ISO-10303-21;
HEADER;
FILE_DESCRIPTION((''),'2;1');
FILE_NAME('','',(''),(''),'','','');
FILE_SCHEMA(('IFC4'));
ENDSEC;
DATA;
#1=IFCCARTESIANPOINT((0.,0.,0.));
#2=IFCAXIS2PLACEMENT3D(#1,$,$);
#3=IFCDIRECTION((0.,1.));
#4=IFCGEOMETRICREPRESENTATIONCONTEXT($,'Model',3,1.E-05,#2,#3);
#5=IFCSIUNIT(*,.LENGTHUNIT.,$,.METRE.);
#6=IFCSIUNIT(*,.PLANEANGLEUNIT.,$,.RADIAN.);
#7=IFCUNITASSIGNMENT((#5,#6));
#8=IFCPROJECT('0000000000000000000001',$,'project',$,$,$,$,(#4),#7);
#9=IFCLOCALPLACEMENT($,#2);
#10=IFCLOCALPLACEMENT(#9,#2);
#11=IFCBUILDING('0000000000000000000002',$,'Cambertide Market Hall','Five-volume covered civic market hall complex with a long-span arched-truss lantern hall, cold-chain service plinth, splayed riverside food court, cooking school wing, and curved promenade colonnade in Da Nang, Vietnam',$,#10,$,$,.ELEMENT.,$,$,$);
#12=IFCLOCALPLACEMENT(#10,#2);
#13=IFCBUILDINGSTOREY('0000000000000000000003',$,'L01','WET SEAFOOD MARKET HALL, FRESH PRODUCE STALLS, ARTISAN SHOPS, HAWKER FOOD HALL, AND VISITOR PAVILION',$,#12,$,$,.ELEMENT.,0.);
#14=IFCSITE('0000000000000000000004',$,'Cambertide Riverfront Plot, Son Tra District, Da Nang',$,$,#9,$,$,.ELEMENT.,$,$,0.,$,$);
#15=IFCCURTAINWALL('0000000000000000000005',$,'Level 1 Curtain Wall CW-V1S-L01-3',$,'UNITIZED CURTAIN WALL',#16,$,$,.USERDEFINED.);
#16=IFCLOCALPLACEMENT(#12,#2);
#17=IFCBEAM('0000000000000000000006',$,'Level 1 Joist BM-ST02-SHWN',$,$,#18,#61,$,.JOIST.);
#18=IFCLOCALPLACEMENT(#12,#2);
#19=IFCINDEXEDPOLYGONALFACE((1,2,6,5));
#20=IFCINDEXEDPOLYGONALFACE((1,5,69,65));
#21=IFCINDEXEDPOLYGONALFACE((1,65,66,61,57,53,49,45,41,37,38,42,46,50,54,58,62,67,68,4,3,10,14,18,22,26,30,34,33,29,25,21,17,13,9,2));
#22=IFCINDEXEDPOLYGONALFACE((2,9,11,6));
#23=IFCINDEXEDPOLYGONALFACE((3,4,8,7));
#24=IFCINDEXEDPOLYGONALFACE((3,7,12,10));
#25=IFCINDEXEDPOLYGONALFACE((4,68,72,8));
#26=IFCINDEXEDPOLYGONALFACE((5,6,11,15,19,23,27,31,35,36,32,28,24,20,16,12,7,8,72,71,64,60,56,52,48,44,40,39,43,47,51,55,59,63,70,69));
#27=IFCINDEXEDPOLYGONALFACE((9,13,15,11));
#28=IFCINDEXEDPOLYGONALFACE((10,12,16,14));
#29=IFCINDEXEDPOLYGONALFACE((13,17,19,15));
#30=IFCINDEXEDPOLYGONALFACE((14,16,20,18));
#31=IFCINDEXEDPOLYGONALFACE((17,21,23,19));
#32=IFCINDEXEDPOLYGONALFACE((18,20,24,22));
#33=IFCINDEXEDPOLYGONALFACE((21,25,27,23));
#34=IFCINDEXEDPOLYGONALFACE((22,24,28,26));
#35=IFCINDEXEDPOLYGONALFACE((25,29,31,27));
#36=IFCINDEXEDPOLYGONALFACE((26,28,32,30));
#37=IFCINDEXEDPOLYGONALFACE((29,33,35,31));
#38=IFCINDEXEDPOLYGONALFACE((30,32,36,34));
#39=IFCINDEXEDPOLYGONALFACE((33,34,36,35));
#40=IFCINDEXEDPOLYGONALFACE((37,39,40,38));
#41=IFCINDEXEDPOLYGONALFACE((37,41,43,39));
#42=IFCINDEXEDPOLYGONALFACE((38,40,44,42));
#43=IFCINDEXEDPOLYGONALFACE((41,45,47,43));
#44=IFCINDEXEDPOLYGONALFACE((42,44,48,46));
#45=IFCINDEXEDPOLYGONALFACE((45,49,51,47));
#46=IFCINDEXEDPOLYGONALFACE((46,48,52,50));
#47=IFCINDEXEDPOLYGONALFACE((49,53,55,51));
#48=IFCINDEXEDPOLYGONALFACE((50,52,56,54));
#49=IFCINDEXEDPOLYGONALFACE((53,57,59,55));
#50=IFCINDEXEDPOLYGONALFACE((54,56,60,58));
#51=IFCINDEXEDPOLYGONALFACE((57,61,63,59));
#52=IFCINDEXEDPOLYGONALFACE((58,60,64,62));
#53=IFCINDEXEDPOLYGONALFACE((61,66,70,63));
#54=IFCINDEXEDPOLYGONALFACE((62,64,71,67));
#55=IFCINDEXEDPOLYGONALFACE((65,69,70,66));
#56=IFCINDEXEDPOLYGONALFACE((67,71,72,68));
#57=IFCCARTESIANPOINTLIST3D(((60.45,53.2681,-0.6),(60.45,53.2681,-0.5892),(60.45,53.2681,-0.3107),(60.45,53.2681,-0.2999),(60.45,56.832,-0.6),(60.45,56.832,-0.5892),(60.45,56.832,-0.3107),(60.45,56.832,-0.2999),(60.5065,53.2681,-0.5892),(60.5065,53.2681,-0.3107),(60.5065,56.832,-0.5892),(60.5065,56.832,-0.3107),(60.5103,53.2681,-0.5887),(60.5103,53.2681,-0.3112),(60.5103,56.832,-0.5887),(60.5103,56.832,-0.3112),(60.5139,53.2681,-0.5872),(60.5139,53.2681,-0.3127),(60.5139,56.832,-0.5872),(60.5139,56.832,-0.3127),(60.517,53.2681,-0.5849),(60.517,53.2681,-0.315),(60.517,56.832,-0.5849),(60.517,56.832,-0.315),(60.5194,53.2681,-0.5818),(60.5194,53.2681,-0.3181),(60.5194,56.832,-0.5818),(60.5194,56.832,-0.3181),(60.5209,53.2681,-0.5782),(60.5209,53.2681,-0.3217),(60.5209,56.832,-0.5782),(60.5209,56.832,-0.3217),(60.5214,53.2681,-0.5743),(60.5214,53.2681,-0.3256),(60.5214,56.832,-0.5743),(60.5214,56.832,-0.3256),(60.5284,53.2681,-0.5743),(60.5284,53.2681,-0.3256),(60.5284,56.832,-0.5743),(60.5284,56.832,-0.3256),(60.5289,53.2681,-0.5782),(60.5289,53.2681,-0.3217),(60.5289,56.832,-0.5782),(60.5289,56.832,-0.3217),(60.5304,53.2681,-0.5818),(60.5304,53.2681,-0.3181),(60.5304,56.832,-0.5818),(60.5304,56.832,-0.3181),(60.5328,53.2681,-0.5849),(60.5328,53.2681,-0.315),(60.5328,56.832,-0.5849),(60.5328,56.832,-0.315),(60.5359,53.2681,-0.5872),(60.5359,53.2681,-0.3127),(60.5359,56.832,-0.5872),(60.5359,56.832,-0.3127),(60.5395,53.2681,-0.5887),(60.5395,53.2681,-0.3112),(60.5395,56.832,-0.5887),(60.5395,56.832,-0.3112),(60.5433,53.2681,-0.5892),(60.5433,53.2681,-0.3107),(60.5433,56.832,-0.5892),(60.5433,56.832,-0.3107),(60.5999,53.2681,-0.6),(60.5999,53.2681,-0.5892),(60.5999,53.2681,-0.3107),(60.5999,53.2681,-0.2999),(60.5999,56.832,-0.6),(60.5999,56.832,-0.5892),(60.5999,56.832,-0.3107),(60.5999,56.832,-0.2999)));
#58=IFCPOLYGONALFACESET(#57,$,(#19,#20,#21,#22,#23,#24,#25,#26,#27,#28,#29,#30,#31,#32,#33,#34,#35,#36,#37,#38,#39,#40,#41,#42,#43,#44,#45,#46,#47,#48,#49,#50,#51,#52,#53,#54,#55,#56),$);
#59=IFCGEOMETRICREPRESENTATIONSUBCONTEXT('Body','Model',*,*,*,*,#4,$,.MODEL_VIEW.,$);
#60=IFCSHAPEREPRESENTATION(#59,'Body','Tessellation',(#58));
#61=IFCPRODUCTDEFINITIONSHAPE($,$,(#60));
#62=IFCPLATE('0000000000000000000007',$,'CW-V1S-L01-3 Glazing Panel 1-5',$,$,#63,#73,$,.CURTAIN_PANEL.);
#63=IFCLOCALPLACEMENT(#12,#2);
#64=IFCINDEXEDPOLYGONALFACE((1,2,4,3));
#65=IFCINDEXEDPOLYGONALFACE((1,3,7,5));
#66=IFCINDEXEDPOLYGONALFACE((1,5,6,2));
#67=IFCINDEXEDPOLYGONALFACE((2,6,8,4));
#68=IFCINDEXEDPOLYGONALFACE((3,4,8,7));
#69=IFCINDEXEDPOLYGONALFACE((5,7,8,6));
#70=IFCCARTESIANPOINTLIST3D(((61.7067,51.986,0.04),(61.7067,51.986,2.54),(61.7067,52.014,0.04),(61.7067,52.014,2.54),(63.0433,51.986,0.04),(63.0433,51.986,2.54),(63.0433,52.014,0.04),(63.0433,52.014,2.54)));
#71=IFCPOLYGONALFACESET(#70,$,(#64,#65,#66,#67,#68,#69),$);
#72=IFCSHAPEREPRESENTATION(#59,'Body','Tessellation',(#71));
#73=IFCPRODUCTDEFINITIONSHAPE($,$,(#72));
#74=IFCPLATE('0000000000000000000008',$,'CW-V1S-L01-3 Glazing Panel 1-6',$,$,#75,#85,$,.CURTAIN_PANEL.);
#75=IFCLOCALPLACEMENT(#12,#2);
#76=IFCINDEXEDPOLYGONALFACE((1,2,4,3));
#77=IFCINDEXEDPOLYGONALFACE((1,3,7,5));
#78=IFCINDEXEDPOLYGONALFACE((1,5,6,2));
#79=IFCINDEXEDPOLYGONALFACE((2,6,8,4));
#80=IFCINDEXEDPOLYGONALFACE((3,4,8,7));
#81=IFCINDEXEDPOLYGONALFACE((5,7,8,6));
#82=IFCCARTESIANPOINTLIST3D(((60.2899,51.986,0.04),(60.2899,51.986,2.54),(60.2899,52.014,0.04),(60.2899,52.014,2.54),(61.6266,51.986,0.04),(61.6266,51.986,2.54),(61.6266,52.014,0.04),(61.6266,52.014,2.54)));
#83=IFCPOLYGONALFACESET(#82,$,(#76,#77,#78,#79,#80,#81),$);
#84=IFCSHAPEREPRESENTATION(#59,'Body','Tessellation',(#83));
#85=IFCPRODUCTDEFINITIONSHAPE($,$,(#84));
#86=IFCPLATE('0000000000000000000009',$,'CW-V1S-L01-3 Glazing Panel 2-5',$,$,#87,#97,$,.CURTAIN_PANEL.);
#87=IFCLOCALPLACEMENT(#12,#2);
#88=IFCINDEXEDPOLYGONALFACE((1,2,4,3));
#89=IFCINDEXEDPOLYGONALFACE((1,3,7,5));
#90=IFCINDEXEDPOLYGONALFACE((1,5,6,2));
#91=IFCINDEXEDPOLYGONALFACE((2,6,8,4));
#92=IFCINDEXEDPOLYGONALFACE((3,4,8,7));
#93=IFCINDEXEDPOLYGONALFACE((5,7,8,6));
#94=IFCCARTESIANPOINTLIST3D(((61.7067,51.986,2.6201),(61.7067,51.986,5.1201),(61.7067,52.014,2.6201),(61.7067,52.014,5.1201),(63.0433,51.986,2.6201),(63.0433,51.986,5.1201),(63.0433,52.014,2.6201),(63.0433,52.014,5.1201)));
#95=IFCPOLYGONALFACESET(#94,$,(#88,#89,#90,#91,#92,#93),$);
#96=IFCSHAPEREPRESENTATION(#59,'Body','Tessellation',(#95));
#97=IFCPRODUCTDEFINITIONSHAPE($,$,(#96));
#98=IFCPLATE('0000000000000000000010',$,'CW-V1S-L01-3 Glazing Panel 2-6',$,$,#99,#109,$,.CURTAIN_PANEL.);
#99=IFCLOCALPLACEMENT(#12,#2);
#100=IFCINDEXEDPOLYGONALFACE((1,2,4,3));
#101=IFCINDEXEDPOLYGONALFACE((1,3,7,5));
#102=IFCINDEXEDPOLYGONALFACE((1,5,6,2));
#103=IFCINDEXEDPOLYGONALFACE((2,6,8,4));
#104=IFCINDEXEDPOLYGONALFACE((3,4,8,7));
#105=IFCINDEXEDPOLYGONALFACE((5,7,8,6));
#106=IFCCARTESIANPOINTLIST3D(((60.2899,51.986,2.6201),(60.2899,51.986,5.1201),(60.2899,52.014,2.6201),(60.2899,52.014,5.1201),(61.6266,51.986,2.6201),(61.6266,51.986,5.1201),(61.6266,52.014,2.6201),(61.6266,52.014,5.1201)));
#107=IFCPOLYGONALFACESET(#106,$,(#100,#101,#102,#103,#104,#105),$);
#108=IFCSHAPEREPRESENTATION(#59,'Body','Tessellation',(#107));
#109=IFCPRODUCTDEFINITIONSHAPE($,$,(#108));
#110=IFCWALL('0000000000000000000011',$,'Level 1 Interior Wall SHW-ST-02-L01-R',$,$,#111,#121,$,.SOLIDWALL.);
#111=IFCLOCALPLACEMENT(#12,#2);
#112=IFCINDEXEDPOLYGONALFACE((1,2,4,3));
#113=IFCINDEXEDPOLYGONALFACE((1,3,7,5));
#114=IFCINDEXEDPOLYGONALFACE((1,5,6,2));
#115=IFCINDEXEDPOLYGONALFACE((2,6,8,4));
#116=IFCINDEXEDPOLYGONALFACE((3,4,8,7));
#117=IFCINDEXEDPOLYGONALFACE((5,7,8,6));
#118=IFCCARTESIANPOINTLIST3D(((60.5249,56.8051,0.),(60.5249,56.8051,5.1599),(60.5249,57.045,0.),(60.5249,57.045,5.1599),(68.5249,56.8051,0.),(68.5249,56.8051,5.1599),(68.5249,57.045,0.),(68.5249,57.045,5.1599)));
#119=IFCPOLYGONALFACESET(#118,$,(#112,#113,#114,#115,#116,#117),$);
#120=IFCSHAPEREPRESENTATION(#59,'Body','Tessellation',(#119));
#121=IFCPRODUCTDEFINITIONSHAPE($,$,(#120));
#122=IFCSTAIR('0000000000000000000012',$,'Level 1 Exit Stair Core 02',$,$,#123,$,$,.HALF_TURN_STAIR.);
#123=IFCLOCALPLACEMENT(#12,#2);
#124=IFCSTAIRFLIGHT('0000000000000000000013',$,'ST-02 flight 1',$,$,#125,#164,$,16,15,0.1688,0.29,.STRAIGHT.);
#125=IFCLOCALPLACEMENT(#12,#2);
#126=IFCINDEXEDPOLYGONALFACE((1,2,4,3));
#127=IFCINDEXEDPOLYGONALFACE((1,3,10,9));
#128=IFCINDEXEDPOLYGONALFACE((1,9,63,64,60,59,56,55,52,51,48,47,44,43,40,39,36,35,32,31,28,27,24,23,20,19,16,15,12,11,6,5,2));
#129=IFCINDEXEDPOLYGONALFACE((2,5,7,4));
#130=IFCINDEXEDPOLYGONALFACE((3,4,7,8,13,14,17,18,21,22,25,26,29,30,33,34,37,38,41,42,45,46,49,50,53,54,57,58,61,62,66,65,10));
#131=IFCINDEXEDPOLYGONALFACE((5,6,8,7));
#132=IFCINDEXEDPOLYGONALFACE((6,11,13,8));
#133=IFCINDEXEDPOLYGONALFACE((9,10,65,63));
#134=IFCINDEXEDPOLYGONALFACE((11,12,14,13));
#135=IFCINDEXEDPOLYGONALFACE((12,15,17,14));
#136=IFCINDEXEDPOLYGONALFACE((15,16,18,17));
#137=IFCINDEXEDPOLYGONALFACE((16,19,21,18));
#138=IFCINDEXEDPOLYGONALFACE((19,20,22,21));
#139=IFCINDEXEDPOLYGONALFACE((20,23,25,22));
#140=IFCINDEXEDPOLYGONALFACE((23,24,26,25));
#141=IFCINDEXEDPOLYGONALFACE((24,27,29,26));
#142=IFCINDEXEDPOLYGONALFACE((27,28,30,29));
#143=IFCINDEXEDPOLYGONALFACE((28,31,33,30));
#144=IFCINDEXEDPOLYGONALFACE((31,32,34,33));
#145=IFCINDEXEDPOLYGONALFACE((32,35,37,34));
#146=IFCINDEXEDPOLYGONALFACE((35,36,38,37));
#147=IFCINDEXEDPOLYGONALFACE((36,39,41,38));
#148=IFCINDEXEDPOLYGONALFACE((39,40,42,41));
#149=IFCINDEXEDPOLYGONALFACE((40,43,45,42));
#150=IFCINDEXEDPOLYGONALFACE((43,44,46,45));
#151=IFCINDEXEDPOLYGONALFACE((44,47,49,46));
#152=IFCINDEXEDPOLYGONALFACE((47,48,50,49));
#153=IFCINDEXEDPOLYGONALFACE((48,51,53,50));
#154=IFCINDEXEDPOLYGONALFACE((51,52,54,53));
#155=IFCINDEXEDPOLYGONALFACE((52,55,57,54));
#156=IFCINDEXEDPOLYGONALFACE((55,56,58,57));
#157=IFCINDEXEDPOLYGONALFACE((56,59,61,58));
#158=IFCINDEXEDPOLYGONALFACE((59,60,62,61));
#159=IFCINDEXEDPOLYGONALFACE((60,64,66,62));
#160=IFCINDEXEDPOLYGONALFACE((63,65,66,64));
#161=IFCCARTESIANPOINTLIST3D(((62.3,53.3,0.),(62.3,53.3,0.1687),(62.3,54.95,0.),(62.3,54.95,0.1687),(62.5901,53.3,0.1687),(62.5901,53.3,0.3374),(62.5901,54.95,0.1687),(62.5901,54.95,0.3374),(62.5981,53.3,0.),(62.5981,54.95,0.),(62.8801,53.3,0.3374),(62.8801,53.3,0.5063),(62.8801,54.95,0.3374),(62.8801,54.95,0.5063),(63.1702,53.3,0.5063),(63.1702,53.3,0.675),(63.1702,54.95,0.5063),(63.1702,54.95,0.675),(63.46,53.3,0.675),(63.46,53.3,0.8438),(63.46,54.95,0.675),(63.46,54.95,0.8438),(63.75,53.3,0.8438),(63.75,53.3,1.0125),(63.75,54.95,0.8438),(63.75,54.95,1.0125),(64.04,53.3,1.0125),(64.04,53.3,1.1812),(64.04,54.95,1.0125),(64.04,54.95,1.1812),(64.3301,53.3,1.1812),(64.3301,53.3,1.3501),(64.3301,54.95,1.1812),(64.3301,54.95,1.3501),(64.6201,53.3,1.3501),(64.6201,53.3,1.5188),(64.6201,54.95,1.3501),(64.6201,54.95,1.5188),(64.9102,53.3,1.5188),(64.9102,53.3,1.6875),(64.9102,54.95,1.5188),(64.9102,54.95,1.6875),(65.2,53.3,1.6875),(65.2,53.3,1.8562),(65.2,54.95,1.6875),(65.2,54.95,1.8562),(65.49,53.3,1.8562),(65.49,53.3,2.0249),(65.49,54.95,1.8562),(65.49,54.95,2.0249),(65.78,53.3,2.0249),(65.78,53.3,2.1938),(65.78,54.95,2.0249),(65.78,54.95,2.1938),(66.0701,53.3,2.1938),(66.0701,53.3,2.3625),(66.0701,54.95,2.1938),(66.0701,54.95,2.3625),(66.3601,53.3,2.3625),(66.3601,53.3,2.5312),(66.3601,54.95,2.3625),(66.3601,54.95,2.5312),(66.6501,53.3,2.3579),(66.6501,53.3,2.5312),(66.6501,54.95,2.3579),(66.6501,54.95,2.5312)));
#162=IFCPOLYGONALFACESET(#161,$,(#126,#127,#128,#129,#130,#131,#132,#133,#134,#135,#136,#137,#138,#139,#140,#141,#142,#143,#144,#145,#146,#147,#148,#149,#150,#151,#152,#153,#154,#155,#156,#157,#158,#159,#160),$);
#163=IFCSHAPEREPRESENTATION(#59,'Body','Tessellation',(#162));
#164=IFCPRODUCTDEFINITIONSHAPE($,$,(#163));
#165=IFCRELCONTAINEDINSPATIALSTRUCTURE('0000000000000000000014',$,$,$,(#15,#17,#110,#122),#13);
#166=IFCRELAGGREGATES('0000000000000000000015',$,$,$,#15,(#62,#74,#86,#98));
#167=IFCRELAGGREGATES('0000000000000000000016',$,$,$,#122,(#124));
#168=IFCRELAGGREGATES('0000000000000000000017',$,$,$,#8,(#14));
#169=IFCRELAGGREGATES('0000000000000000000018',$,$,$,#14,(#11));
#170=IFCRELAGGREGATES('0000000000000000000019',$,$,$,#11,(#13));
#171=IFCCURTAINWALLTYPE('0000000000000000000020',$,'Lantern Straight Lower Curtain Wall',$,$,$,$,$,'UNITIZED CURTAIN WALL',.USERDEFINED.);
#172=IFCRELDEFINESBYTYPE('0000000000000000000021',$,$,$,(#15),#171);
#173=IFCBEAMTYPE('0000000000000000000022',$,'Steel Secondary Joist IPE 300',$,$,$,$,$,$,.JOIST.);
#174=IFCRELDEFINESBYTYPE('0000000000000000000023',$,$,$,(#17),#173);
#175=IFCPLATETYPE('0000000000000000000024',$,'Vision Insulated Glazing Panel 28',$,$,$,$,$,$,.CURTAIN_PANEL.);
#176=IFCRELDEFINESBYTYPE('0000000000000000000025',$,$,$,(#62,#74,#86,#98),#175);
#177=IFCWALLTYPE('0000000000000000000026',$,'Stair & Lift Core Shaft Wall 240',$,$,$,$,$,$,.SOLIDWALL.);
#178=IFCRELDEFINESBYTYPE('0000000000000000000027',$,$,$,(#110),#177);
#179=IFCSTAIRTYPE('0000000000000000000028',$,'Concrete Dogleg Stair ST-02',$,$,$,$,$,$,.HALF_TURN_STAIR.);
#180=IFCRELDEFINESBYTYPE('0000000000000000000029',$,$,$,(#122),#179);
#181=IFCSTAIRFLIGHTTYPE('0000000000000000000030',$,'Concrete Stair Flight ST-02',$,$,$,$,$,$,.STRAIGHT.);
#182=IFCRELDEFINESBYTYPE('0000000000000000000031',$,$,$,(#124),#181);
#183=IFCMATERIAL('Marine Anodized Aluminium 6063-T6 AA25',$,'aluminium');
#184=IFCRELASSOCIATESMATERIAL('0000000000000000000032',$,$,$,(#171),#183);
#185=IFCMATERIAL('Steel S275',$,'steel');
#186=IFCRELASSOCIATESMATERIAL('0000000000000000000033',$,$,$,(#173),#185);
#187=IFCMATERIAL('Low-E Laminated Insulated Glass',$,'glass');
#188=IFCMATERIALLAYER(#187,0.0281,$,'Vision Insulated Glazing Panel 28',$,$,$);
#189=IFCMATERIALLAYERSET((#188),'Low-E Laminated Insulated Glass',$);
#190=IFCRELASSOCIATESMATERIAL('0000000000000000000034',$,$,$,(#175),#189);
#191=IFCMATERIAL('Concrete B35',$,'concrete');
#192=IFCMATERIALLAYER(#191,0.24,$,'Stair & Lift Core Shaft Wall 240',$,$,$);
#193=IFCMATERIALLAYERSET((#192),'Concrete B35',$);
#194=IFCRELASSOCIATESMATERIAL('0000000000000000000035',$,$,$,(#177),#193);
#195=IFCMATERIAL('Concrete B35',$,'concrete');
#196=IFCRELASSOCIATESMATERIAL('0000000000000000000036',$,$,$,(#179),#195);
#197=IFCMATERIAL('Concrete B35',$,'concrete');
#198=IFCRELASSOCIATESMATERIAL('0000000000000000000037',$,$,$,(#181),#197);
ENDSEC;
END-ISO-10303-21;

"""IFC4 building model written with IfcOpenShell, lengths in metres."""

from ifc_helpers import new_model, si_unit, direction, frame, frame_2d, origin, origin_2d, place, context, subcontext, project, spatial, polyline, rectangle, i_section, outline, extrude, material, layer, layer_set, material_profile, profile_set, type_object, element, aggregate, save


model = new_model("IFC4")

# Units and contexts
model_context = context("Model", 3, precision=1e-05, world=origin(), true_north=direction((0.0, 1.0)))
body_context = subcontext(model_context, "Body", "Model", "MODEL_VIEW")
ifc_project = project(units=[si_unit("LENGTHUNIT", "METRE"), si_unit("PLANEANGLEUNIT", "RADIAN")], contexts=[model_context])

# Site, building, storey
site_placement = place(None, origin())
site = spatial("IfcSite", under=ifc_project, at=site_placement, Name="Cambertide Riverfront Plot, Son Tra District, Da Nang", CompositionType="ELEMENT", RefElevation=0.0)
building_placement = place(site_placement, origin())
building = spatial("IfcBuilding", under=site, at=building_placement, Name="Cambertide Market Hall", Description="Five-volume covered civic market hall complex with a long-span arched-truss lantern hall, cold-chain service plinth, splayed riverside food court, cooking school wing, and curved promenade colonnade in Da Nang, Vietnam", CompositionType="ELEMENT")
storey_placement = place(building_placement, origin())
storey = spatial("IfcBuildingStorey", under=building, at=storey_placement, Name="L01", Description="WET SEAFOOD MARKET HALL, FRESH PRODUCE STALLS, ARTISAN SHOPS, HAWKER FOOD HALL, AND VISITOR PAVILION", CompositionType="ELEMENT", Elevation=0.0)

# Curtain wall
ifc_material_1 = material(Name="Marine Anodized Aluminium 6063-T6 AA25", Category="aluminium")
curtain_wall_type = type_object("IfcCurtainWallType", Name="Lantern Straight Lower Curtain Wall", ElementType="UNITIZED CURTAIN WALL", PredefinedType="USERDEFINED", material=ifc_material_1)
curtain_wall_placement = place(storey_placement, origin())
curtain_wall = element("IfcCurtainWall", 1, at=curtain_wall_placement, inside=storey, type_object=curtain_wall_type, Name="Level 1 Curtain Wall CW-V1S-L01-3", ObjectType="UNITIZED CURTAIN WALL", PredefinedType="USERDEFINED")

# Beam
ifc_material_2 = material(Name="Steel S275", Category="steel")
ifc_material_profile_1 = material_profile(ifc_material_2, i_section(OverallWidth=0.1499, OverallDepth=0.3, WebThickness=0.0071, FlangeThickness=0.0107, FilletRadius=0.0149, at=origin_2d()), Name="IPE 300")
ifc_profile_set_1 = profile_set([ifc_material_profile_1], Name="Steel S275")
beam_type = type_object("IfcBeamType", Name="Steel Secondary Joist IPE 300", PredefinedType="JOIST", material=ifc_profile_set_1)
beam_1_placement = place(storey_placement, frame((60.5249, 53.2681, -0.45), z_axis=(0.0, 1.0, 0.0), x_axis=(-1.0, 0.0, 0.0)))
element("IfcBeam", 2, at=beam_1_placement, inside=storey, type_object=beam_type, Name="Level 1 Joist BM-ST02-SHWN", PredefinedType="JOIST", context=body_context, shape_type="SweptSolid", body=[
    extrude(i_section(OverallWidth=0.1499, OverallDepth=0.3, WebThickness=0.0071, FlangeThickness=0.0107, FilletRadius=0.0149, at=origin_2d()), origin(), (0.0, 0.0, 1.0), 3.564),
])

# Plates
ifc_material_3 = material(Name="Low-E Laminated Insulated Glass", Category="glass")
ifc_layer_1 = layer(ifc_material_3, 0.0281, Name="Vision Insulated Glazing Panel 28")
ifc_layer_set_1 = layer_set([ifc_layer_1], Name="Low-E Laminated Insulated Glass")
plate_type = type_object("IfcPlateType", Name="Vision Insulated Glazing Panel 28", PredefinedType="CURTAIN_PANEL", material=ifc_layer_set_1)
plate_1_placement = place(storey_placement, frame((62.375, 52.0, 0.04), z_axis=(0.0, 0.0, 1.0), x_axis=(-1.0, 0.0, 0.0)))
plate_1 = element("IfcPlate", 3, at=plate_1_placement, type_object=plate_type, Name="CW-V1S-L01-3 Glazing Panel 1-5", PredefinedType="CURTAIN_PANEL", context=body_context, shape_type="SweptSolid", body=[
    extrude(rectangle(XDim=1.3367, YDim=0.0281, at=origin_2d()), origin(), (0.0, 0.0, 1.0), 2.5),
])
plate_2_placement = place(storey_placement, frame((60.9583, 52.0, 0.04), z_axis=(0.0, 0.0, 1.0), x_axis=(-1.0, 0.0, 0.0)))
plate_2 = element("IfcPlate", 4, at=plate_2_placement, type_object=plate_type, Name="CW-V1S-L01-3 Glazing Panel 1-6", PredefinedType="CURTAIN_PANEL", context=body_context, shape_type="SweptSolid", body=[
    extrude(rectangle(XDim=1.3367, YDim=0.0281, at=origin_2d()), origin(), (0.0, 0.0, 1.0), 2.5),
])
plate_3_placement = place(storey_placement, frame((62.375, 52.0, 2.6201), z_axis=(0.0, 0.0, 1.0), x_axis=(-1.0, 0.0, 0.0)))
plate_3 = element("IfcPlate", 5, at=plate_3_placement, type_object=plate_type, Name="CW-V1S-L01-3 Glazing Panel 2-5", PredefinedType="CURTAIN_PANEL", context=body_context, shape_type="SweptSolid", body=[
    extrude(rectangle(XDim=1.3367, YDim=0.0281, at=origin_2d()), origin(), (0.0, 0.0, 1.0), 2.5),
])
plate_4_placement = place(storey_placement, frame((60.9583, 52.0, 2.6201), z_axis=(0.0, 0.0, 1.0), x_axis=(-1.0, 0.0, 0.0)))
plate_4 = element("IfcPlate", 6, at=plate_4_placement, type_object=plate_type, Name="CW-V1S-L01-3 Glazing Panel 2-6", PredefinedType="CURTAIN_PANEL", context=body_context, shape_type="SweptSolid", body=[
    extrude(rectangle(XDim=1.3367, YDim=0.0281, at=origin_2d()), origin(), (0.0, 0.0, 1.0), 2.5),
])
aggregate(curtain_wall, [plate_1, plate_2, plate_3, plate_4])

# Wall
ifc_material_4 = material(Name="Concrete B35", Category="concrete")
ifc_layer_2 = layer(ifc_material_4, 0.24, Name="Stair & Lift Core Shaft Wall 240")
ifc_layer_set_2 = layer_set([ifc_layer_2], Name="Concrete B35")
wall_type = type_object("IfcWallType", Name="Stair & Lift Core Shaft Wall 240", PredefinedType="SOLIDWALL", material=ifc_layer_set_2)
wall_placement = place(storey_placement, frame((60.5249, 56.925, 0.0), z_axis=(0.0, 0.0, 1.0), x_axis=(1.0, 0.0, 0.0)))
element("IfcWall", 7, at=wall_placement, inside=storey, type_object=wall_type, Name="Level 1 Interior Wall SHW-ST-02-L01-R", PredefinedType="SOLIDWALL", context=body_context, shape_type="SweptSolid", body=[
    extrude(rectangle(XDim=8.0, YDim=0.24, at=frame_2d((4.0, 0.0))), origin(), (0.0, 0.0, 1.0), 5.1599),
])

# Stair, stair flight
ifc_material_5 = material(Name="Concrete B35", Category="concrete")
stair_type = type_object("IfcStairType", Name="Concrete Dogleg Stair ST-02", PredefinedType="HALF_TURN_STAIR", material=ifc_material_5)
stair_placement = place(storey_placement, origin())
stair = element("IfcStair", 8, at=stair_placement, inside=storey, type_object=stair_type, Name="Level 1 Exit Stair Core 02", PredefinedType="HALF_TURN_STAIR")
ifc_material_6 = material(Name="Concrete B35", Category="concrete")
stair_flight_type = type_object("IfcStairFlightType", Name="Concrete Stair Flight ST-02", PredefinedType="STRAIGHT", material=ifc_material_6)
stair_flight_placement = place(storey_placement, frame((62.3, 54.125, 0.0), z_axis=(0.0, 0.0, 1.0), x_axis=(1.0, 0.0, 0.0)))
stair_flight = element("IfcStairFlight", 9, at=stair_flight_placement, type_object=stair_flight_type, Name="ST-02 flight 1", NumberOfRisers=16, NumberOfTreads=15, PredefinedType="STRAIGHT", RiserHeight=0.1688, TreadLength=0.29, context=body_context, shape_type="SweptSolid", body=[
    extrude(outline(polyline([(0.0, 0.0), (0.0, 0.1687), (0.29, 0.1687), (0.29, 0.3374), (0.5801, 0.3374), (0.5801, 0.5063), (0.8701, 0.5063), (0.8701, 0.675), (1.1599, 0.675), (1.1599, 0.8438), (1.45, 0.8438), (1.45, 1.0125), (1.74, 1.0125), (1.74, 1.1812), (2.03, 1.1812), (2.03, 1.3501), (2.3201, 1.3501), (2.3201, 1.5188), (2.6101, 1.5188), (2.6101, 1.6875), (2.8999, 1.6875), (2.8999, 1.8562), (3.1899, 1.8562), (3.1899, 2.0249), (3.48, 2.0249), (3.48, 2.1938), (3.77, 2.1938), (3.77, 2.3625), (4.0601, 2.3625), (4.0601, 2.5312), (4.3501, 2.5312), (4.3501, 2.7), (4.3501, 2.3579), (0.2981, 0.0), (0.0, 0.0)])), frame((0.0, 0.825, 0.0), z_axis=(0.0, -1.0, 0.0), x_axis=(1.0, 0.0, 0.0)), (0.0, 0.0, 1.0), 1.6499),
])
aggregate(stair, [stair_flight])

save(model, "model.ifc")
